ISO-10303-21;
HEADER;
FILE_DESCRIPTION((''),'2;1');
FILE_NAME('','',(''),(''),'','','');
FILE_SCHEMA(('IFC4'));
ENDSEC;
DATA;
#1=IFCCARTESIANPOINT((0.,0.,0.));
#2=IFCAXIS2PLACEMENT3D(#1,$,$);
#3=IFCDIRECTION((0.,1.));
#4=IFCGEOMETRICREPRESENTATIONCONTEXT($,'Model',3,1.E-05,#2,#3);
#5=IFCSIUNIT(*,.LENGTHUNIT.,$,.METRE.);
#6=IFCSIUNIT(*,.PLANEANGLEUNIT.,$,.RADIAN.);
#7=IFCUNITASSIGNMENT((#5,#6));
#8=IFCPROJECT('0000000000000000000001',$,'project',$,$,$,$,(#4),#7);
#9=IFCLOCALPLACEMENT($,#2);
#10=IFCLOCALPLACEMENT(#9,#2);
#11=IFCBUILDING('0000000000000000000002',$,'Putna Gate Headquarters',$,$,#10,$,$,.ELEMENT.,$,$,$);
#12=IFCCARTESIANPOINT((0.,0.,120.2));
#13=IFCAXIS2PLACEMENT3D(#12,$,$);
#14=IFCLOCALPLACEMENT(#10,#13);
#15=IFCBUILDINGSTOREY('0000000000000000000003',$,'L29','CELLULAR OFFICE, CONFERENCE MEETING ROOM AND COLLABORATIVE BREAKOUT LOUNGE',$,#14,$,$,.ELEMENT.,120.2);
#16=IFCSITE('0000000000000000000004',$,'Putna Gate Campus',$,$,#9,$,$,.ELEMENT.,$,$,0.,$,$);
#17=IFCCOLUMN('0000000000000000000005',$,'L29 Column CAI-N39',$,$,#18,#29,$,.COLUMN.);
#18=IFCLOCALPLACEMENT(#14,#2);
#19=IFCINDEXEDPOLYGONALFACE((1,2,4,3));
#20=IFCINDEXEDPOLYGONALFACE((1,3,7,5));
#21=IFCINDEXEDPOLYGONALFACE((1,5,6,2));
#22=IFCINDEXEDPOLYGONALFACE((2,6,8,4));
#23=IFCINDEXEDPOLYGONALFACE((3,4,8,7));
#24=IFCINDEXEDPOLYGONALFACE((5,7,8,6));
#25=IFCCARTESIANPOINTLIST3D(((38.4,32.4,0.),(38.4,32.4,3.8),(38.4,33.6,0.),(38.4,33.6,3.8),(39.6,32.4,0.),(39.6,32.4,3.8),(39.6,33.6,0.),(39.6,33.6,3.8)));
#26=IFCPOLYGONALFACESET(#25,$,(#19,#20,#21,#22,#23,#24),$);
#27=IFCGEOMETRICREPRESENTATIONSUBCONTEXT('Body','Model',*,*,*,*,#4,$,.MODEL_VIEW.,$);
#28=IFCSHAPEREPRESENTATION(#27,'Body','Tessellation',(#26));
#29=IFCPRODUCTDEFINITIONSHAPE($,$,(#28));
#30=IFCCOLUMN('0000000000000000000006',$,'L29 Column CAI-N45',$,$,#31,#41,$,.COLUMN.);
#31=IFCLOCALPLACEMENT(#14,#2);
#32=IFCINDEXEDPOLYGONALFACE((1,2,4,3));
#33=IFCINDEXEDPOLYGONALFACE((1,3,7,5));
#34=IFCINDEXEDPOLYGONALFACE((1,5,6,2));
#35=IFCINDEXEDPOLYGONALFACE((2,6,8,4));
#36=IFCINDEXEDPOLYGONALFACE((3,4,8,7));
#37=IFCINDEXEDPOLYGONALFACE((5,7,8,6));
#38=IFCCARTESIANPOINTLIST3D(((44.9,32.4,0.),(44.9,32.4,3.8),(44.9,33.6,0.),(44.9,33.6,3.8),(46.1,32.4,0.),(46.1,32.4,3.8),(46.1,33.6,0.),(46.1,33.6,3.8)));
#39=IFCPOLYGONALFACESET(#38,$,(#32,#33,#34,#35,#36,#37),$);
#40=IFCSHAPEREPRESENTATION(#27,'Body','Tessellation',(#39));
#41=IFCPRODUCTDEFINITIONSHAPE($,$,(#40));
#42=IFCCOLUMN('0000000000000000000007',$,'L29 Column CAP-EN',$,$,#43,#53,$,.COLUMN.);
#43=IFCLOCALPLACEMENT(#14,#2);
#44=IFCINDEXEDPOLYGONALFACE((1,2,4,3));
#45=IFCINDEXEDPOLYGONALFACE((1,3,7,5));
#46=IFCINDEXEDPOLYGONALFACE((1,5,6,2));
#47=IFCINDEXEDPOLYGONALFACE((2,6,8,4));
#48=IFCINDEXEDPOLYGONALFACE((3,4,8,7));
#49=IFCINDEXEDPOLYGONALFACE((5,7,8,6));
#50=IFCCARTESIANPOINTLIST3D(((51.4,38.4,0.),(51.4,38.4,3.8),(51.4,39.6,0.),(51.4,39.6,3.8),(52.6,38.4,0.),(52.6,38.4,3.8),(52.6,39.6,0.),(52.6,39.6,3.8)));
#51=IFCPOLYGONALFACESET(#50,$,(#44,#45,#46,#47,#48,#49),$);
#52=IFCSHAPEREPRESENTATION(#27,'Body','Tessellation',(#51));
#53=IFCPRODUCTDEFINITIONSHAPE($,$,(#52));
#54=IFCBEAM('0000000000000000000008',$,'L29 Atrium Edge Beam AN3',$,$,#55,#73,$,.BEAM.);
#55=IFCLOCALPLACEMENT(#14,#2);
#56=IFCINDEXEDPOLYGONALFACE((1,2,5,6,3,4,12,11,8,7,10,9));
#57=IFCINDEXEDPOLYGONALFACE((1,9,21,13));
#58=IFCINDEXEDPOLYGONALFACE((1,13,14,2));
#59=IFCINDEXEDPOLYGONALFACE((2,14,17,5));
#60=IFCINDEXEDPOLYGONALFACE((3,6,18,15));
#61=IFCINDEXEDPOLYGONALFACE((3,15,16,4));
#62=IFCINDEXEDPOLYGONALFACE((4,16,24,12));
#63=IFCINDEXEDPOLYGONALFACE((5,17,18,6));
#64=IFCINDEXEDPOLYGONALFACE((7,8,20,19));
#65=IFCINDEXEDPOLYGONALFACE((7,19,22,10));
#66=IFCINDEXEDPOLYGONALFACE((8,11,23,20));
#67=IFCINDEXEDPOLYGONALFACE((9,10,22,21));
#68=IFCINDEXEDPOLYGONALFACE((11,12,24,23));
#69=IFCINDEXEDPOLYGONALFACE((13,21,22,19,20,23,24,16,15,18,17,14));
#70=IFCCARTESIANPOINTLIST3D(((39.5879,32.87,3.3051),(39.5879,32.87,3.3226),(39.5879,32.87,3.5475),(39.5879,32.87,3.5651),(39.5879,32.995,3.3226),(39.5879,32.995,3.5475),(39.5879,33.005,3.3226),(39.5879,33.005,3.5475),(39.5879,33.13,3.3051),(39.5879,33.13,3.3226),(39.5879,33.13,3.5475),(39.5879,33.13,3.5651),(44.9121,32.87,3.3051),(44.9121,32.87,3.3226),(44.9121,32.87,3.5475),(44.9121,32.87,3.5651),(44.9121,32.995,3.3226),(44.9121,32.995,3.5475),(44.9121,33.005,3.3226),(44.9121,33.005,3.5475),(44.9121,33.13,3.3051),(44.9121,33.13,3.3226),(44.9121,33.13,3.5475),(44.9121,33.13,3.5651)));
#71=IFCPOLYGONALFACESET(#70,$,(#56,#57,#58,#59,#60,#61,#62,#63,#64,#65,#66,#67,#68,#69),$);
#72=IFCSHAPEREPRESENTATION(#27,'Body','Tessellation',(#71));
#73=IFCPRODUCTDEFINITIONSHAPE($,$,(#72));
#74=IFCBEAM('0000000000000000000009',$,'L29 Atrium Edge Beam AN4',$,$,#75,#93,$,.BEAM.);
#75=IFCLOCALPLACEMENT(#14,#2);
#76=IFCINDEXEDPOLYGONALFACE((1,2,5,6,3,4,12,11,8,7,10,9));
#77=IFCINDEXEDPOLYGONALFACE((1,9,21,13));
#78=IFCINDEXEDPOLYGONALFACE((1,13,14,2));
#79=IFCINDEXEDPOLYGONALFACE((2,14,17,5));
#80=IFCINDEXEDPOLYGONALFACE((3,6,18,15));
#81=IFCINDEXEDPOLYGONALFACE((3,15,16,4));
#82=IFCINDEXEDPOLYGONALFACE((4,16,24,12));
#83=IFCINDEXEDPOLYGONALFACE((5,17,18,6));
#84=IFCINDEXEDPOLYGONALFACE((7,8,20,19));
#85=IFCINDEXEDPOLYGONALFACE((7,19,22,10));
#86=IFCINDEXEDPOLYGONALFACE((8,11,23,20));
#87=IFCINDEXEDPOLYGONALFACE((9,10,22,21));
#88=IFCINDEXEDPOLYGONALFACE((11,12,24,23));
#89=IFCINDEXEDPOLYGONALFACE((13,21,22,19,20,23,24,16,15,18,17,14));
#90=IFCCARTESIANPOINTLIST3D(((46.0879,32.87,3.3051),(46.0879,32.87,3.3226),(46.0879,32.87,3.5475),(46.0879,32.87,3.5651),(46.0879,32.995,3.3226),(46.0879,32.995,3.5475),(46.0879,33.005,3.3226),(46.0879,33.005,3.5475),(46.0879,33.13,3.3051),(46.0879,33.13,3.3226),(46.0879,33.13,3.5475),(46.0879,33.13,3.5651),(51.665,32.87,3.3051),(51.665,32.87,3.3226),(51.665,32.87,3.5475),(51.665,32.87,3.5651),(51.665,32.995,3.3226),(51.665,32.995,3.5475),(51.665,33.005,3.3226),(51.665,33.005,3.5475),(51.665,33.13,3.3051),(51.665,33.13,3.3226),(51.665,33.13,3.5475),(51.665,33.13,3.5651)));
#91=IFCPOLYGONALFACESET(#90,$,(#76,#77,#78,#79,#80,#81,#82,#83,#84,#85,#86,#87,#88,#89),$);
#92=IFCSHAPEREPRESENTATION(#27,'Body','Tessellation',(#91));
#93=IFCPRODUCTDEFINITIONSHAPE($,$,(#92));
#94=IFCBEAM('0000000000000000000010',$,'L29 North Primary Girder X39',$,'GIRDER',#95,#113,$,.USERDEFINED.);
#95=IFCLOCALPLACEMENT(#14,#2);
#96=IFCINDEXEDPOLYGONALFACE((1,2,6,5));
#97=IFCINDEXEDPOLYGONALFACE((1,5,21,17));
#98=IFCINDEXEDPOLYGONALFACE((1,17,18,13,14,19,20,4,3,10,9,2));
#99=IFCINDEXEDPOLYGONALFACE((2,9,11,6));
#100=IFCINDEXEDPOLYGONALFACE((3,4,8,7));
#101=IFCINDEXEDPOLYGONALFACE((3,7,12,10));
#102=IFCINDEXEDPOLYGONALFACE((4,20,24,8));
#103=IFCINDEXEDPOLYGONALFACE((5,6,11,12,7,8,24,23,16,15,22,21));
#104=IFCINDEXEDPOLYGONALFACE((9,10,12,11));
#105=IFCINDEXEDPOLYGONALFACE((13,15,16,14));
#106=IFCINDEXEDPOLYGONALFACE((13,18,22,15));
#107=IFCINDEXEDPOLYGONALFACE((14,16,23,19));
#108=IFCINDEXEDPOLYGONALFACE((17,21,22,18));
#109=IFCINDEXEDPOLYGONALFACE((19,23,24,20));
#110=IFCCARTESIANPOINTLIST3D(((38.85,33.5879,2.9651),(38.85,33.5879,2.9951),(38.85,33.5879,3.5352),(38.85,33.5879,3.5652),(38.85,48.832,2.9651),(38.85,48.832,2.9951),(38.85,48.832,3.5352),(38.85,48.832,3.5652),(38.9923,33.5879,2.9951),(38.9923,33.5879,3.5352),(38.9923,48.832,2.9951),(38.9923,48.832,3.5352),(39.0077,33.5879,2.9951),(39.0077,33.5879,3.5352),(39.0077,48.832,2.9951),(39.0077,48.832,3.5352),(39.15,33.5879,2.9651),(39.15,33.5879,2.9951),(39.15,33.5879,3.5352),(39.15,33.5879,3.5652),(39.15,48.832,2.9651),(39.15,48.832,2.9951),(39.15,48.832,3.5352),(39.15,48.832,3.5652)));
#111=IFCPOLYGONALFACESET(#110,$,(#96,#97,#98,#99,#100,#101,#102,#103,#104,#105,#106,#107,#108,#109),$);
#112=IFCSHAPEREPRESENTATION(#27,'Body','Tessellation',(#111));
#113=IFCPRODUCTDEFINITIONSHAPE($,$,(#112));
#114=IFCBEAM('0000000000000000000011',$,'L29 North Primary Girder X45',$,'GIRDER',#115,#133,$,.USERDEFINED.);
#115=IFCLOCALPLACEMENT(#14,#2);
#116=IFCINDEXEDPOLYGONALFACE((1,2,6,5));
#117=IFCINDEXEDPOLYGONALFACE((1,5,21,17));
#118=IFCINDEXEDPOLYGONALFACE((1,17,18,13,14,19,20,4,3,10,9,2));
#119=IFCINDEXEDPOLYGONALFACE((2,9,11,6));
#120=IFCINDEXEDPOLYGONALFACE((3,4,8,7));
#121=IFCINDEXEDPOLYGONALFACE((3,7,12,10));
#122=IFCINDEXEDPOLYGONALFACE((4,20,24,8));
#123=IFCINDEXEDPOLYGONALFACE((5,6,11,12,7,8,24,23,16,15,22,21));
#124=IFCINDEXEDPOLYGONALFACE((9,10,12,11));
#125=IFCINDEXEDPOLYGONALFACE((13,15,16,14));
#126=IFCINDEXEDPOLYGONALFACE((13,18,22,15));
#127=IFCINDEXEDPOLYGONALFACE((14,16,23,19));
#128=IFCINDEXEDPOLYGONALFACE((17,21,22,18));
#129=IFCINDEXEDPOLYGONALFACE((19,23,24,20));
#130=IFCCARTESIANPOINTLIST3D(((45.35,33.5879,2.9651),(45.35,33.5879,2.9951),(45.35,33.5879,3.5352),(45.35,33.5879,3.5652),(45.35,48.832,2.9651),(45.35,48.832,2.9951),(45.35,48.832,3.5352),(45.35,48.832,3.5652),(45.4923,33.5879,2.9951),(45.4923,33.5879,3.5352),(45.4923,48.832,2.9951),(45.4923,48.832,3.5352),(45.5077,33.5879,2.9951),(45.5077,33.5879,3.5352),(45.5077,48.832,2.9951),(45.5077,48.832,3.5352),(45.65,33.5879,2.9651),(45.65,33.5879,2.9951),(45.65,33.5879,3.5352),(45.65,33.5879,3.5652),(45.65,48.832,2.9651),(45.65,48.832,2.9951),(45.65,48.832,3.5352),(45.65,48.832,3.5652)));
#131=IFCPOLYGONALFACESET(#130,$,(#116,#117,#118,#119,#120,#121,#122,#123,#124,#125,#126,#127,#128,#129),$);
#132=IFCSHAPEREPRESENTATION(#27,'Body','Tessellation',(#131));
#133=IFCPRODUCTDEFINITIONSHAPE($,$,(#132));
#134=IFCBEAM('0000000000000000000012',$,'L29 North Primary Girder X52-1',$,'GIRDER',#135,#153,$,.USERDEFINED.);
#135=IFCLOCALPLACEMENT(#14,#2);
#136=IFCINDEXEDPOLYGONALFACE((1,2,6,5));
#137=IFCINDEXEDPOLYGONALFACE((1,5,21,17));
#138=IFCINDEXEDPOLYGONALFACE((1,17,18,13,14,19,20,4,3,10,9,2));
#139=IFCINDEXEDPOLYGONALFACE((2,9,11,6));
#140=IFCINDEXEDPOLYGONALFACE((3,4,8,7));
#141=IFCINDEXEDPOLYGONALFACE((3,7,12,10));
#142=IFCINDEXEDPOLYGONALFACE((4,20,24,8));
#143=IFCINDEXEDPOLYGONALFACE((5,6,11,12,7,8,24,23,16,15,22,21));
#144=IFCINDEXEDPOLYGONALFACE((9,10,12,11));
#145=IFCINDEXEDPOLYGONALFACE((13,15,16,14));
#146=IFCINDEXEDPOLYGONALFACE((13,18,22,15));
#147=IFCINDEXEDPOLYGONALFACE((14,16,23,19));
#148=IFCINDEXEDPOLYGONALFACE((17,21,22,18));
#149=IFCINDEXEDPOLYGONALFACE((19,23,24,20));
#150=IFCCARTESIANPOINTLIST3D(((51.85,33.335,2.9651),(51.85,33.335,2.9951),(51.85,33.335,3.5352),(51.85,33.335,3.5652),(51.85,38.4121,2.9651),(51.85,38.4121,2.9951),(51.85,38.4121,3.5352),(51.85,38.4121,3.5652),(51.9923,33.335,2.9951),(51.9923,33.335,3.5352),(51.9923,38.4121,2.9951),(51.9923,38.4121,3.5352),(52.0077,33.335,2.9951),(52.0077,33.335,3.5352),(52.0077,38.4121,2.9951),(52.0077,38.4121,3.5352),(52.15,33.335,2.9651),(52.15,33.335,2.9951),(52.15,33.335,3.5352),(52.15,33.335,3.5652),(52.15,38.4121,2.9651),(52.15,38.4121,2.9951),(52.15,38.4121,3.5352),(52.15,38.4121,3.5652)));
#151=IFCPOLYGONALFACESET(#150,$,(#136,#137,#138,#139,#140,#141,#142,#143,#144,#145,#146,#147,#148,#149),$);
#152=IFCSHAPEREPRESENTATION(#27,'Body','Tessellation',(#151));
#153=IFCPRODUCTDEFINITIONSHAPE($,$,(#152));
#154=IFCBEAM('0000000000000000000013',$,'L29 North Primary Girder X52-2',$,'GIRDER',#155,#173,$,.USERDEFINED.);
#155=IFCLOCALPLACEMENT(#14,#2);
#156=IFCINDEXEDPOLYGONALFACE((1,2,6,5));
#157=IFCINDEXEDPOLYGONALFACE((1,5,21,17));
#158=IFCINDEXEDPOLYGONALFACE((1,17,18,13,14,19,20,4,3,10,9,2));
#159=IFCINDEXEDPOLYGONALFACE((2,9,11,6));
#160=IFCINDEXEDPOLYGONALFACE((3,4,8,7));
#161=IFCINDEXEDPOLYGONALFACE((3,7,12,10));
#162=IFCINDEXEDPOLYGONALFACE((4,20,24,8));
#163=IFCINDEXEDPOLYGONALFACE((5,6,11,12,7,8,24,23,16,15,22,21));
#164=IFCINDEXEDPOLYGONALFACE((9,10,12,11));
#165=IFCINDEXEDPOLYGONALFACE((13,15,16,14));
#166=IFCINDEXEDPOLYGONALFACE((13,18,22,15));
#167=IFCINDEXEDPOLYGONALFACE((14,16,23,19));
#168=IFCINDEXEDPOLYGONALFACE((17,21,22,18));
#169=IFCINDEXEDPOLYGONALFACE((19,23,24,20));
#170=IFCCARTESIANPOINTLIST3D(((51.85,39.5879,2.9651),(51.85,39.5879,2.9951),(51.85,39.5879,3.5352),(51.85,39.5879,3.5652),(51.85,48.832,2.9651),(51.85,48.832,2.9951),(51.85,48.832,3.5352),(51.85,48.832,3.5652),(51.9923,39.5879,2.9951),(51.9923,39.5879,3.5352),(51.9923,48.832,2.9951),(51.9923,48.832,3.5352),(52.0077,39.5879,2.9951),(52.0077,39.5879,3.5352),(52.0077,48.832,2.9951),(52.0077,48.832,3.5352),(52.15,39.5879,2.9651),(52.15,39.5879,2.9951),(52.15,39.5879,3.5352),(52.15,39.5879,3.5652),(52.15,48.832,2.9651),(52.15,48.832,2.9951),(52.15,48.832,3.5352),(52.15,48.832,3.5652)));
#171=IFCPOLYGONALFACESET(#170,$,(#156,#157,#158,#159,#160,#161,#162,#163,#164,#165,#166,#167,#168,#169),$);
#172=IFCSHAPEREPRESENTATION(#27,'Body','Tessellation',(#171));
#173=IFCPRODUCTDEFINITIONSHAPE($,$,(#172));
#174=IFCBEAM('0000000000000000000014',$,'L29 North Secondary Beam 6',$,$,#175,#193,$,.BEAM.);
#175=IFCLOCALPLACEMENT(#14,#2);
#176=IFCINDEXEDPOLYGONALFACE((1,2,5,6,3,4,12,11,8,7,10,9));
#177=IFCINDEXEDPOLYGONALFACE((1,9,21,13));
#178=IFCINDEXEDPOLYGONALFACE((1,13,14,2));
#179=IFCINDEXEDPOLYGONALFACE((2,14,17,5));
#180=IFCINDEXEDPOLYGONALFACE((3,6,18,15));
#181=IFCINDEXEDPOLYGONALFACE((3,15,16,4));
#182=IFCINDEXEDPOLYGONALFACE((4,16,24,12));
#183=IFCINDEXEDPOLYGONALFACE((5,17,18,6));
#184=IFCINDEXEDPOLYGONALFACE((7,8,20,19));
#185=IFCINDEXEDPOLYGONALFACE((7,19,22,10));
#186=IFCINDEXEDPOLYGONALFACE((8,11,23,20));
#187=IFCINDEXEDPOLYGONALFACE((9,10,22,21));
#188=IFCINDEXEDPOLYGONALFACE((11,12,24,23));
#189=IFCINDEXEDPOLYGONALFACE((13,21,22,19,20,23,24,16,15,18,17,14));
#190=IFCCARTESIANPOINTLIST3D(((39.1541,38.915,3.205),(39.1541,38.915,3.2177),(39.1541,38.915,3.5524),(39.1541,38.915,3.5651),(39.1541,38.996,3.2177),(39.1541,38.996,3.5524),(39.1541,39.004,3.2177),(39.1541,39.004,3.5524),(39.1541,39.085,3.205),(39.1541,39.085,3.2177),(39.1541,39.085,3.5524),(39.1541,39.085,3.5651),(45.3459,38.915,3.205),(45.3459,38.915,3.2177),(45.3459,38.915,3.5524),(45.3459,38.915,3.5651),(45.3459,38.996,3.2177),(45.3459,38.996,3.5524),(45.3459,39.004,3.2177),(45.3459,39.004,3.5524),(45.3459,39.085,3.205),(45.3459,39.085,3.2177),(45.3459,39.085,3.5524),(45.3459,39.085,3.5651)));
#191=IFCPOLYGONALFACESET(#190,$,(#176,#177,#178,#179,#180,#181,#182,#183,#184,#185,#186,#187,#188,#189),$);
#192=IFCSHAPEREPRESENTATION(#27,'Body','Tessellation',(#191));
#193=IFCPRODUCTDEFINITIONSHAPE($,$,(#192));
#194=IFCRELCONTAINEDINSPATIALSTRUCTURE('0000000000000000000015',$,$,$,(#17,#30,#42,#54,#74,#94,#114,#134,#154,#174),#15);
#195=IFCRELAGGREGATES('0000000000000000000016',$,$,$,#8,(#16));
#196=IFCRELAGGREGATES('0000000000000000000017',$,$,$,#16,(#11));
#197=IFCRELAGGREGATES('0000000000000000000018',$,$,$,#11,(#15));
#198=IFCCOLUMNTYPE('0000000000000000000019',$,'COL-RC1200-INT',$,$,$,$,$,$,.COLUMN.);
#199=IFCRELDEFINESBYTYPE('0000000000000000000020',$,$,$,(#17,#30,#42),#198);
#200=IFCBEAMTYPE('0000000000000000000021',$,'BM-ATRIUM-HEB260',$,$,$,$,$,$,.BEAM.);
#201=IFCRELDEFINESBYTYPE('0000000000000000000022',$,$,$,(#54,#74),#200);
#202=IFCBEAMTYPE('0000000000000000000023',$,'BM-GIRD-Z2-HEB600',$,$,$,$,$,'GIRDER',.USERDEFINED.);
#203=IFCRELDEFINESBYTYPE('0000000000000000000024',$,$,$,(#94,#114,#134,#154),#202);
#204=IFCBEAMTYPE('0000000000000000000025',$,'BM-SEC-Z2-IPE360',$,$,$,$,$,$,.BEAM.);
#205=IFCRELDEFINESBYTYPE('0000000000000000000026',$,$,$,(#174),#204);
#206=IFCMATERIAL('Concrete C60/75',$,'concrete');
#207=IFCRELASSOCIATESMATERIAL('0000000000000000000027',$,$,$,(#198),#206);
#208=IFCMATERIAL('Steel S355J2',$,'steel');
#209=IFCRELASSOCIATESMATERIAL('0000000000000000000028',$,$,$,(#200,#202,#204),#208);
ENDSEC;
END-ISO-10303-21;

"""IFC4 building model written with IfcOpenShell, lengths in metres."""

from ifc_helpers import new_model, si_unit, direction, frame, origin, origin_2d, place, context, subcontext, project, spatial, rectangle, i_section, extrude, material, material_profile, profile_set, type_object, element, save


model = new_model("IFC4")

# Units and contexts
model_context = context("Model", 3, precision=1e-05, world=origin(), true_north=direction((0.0, 1.0)))
body_context = subcontext(model_context, "Body", "Model", "MODEL_VIEW")
ifc_project = project(units=[si_unit("LENGTHUNIT", "METRE"), si_unit("PLANEANGLEUNIT", "RADIAN")], contexts=[model_context])

# Site, building, storey
site_placement = place(None, origin())
site = spatial("IfcSite", under=ifc_project, at=site_placement, Name="Putna Gate Campus", CompositionType="ELEMENT", RefElevation=0.0)
building_placement = place(site_placement, origin())
building = spatial("IfcBuilding", under=site, at=building_placement, Name="Putna Gate Headquarters", CompositionType="ELEMENT")
storey_placement = place(building_placement, frame((0.0, 0.0, 120.2)))
storey = spatial("IfcBuildingStorey", under=building, at=storey_placement, Name="L29", Description="CELLULAR OFFICE, CONFERENCE MEETING ROOM AND COLLABORATIVE BREAKOUT LOUNGE", CompositionType="ELEMENT", Elevation=120.2)

# Columns
ifc_material_1 = material(Name="Concrete C60/75", Category="concrete")
ifc_material_profile_1 = material_profile(ifc_material_1, rectangle(XDim=1.2, YDim=1.2, at=origin_2d()), Name="Concrete C60/75")
ifc_profile_set_1 = profile_set([ifc_material_profile_1], Name="Concrete C60/75")
column_type = type_object("IfcColumnType", Name="COL-RC1200-INT", PredefinedType="COLUMN", material=ifc_profile_set_1)
for number, where, z_axis, x_axis, name in (
    (1, (39.0, 33.0, 0.0), (0.0, 0.0, 1.0), (1.0, 0.0, 0.0), "L29 Column CAI-N39"),
    (2, (45.5, 33.0, 0.0), (0.0, 0.0, 1.0), (1.0, 0.0, 0.0), "L29 Column CAI-N45"),
    (3, (52.0, 39.0, 0.0), (0.0, 0.0, 1.0), (1.0, 0.0, 0.0), "L29 Column CAP-EN"),
):
    element("IfcColumn", number, at=place(storey_placement, frame(where, z_axis=z_axis, x_axis=x_axis)), inside=storey, type_object=column_type, Name=name, PredefinedType="COLUMN", context=body_context, shape_type="SweptSolid", body=[
        extrude(rectangle(XDim=1.2, YDim=1.2, at=origin_2d()), origin(), (0.0, 0.0, 1.0), 3.8),
    ])

# Beams
ifc_material_2 = material(Name="Steel S355J2", Category="steel")
ifc_material_profile_2 = material_profile(ifc_material_2, i_section(OverallWidth=0.26, OverallDepth=0.26, WebThickness=0.01, FlangeThickness=0.0176, at=origin_2d()), Name="Steel S355J2")
ifc_profile_set_2 = profile_set([ifc_material_profile_2], Name="Steel S355J2")
beam_type_1 = type_object("IfcBeamType", Name="BM-ATRIUM-HEB260", PredefinedType="BEAM", material=ifc_profile_set_2)
beam_1_placement = place(storey_placement, frame((39.5879, 33.0, 3.4351), z_axis=(1.0, 0.0, 0.0), x_axis=(0.0, 1.0, 0.0)))
element("IfcBeam", 4, at=beam_1_placement, inside=storey, type_object=beam_type_1, Name="L29 Atrium Edge Beam AN3", PredefinedType="BEAM", context=body_context, shape_type="SweptSolid", body=[
    extrude(i_section(OverallWidth=0.26, OverallDepth=0.26, WebThickness=0.01, FlangeThickness=0.0176, at=origin_2d()), origin(), (0.0, 0.0, 1.0), 5.3242),
])
beam_2_placement = place(storey_placement, frame((46.0879, 33.0, 3.4351), z_axis=(1.0, 0.0, 0.0), x_axis=(0.0, 1.0, 0.0)))
element("IfcBeam", 5, at=beam_2_placement, inside=storey, type_object=beam_type_1, Name="L29 Atrium Edge Beam AN4", PredefinedType="BEAM", context=body_context, shape_type="SweptSolid", body=[
    extrude(i_section(OverallWidth=0.26, OverallDepth=0.26, WebThickness=0.01, FlangeThickness=0.0176, at=origin_2d()), origin(), (0.0, 0.0, 1.0), 5.5771),
])
ifc_material_profile_3 = material_profile(ifc_material_2, i_section(OverallWidth=0.3, OverallDepth=0.6001, WebThickness=0.0154, FlangeThickness=0.03, at=origin_2d()), Name="Steel S355J2")
ifc_profile_set_3 = profile_set([ifc_material_profile_3], Name="Steel S355J2")
beam_type_2 = type_object("IfcBeamType", Name="BM-GIRD-Z2-HEB600", ElementType="GIRDER", PredefinedType="USERDEFINED", material=ifc_profile_set_3)
for number, where, z_axis, x_axis, name in (
    (6, (39.0, 33.5879, 3.2651), (0.0, 1.0, 0.0), (-1.0, 0.0, 0.0), "L29 North Primary Girder X39"),
    (7, (45.5, 33.5879, 3.2651), (0.0, 1.0, 0.0), (-1.0, 0.0, 0.0), "L29 North Primary Girder X45"),
):
    element("IfcBeam", number, at=place(storey_placement, frame(where, z_axis=z_axis, x_axis=x_axis)), inside=storey, type_object=beam_type_2, Name=name, ObjectType="GIRDER", PredefinedType="USERDEFINED", context=body_context, shape_type="SweptSolid", body=[
        extrude(i_section(OverallWidth=0.3, OverallDepth=0.6001, WebThickness=0.0154, FlangeThickness=0.03, at=origin_2d()), origin(), (0.0, 0.0, 1.0), 15.2441),
    ])
beam_3_placement = place(storey_placement, frame((52.0, 33.335, 3.2651), z_axis=(0.0, 1.0, 0.0), x_axis=(-1.0, 0.0, 0.0)))
element("IfcBeam", 8, at=beam_3_placement, inside=storey, type_object=beam_type_2, Name="L29 North Primary Girder X52-1", ObjectType="GIRDER", PredefinedType="USERDEFINED", context=body_context, shape_type="SweptSolid", body=[
    extrude(i_section(OverallWidth=0.3, OverallDepth=0.6001, WebThickness=0.0154, FlangeThickness=0.03, at=origin_2d()), origin(), (0.0, 0.0, 1.0), 5.0771),
])
beam_4_placement = place(storey_placement, frame((52.0, 39.5879, 3.2651), z_axis=(0.0, 1.0, 0.0), x_axis=(-1.0, 0.0, 0.0)))
element("IfcBeam", 9, at=beam_4_placement, inside=storey, type_object=beam_type_2, Name="L29 North Primary Girder X52-2", ObjectType="GIRDER", PredefinedType="USERDEFINED", context=body_context, shape_type="SweptSolid", body=[
    extrude(i_section(OverallWidth=0.3, OverallDepth=0.6001, WebThickness=0.0154, FlangeThickness=0.03, at=origin_2d()), origin(), (0.0, 0.0, 1.0), 9.2441),
])
ifc_material_profile_4 = material_profile(ifc_material_2, i_section(OverallWidth=0.1699, OverallDepth=0.3601, WebThickness=0.0081, FlangeThickness=0.0127, at=origin_2d()), Name="Steel S355J2")
ifc_profile_set_4 = profile_set([ifc_material_profile_4], Name="Steel S355J2")
beam_type_3 = type_object("IfcBeamType", Name="BM-SEC-Z2-IPE360", PredefinedType="BEAM", material=ifc_profile_set_4)
beam_5_placement = place(storey_placement, frame((39.1541, 39.0, 3.385), z_axis=(1.0, 0.0, 0.0), x_axis=(0.0, 1.0, 0.0)))
element("IfcBeam", 10, at=beam_5_placement, inside=storey, type_object=beam_type_3, Name="L29 North Secondary Beam 6", PredefinedType="BEAM", context=body_context, shape_type="SweptSolid", body=[
    extrude(i_section(OverallWidth=0.1699, OverallDepth=0.3601, WebThickness=0.0081, FlangeThickness=0.0127, at=origin_2d()), origin(), (0.0, 0.0, 1.0), 6.1919),
])

save(model, "model.ifc")
